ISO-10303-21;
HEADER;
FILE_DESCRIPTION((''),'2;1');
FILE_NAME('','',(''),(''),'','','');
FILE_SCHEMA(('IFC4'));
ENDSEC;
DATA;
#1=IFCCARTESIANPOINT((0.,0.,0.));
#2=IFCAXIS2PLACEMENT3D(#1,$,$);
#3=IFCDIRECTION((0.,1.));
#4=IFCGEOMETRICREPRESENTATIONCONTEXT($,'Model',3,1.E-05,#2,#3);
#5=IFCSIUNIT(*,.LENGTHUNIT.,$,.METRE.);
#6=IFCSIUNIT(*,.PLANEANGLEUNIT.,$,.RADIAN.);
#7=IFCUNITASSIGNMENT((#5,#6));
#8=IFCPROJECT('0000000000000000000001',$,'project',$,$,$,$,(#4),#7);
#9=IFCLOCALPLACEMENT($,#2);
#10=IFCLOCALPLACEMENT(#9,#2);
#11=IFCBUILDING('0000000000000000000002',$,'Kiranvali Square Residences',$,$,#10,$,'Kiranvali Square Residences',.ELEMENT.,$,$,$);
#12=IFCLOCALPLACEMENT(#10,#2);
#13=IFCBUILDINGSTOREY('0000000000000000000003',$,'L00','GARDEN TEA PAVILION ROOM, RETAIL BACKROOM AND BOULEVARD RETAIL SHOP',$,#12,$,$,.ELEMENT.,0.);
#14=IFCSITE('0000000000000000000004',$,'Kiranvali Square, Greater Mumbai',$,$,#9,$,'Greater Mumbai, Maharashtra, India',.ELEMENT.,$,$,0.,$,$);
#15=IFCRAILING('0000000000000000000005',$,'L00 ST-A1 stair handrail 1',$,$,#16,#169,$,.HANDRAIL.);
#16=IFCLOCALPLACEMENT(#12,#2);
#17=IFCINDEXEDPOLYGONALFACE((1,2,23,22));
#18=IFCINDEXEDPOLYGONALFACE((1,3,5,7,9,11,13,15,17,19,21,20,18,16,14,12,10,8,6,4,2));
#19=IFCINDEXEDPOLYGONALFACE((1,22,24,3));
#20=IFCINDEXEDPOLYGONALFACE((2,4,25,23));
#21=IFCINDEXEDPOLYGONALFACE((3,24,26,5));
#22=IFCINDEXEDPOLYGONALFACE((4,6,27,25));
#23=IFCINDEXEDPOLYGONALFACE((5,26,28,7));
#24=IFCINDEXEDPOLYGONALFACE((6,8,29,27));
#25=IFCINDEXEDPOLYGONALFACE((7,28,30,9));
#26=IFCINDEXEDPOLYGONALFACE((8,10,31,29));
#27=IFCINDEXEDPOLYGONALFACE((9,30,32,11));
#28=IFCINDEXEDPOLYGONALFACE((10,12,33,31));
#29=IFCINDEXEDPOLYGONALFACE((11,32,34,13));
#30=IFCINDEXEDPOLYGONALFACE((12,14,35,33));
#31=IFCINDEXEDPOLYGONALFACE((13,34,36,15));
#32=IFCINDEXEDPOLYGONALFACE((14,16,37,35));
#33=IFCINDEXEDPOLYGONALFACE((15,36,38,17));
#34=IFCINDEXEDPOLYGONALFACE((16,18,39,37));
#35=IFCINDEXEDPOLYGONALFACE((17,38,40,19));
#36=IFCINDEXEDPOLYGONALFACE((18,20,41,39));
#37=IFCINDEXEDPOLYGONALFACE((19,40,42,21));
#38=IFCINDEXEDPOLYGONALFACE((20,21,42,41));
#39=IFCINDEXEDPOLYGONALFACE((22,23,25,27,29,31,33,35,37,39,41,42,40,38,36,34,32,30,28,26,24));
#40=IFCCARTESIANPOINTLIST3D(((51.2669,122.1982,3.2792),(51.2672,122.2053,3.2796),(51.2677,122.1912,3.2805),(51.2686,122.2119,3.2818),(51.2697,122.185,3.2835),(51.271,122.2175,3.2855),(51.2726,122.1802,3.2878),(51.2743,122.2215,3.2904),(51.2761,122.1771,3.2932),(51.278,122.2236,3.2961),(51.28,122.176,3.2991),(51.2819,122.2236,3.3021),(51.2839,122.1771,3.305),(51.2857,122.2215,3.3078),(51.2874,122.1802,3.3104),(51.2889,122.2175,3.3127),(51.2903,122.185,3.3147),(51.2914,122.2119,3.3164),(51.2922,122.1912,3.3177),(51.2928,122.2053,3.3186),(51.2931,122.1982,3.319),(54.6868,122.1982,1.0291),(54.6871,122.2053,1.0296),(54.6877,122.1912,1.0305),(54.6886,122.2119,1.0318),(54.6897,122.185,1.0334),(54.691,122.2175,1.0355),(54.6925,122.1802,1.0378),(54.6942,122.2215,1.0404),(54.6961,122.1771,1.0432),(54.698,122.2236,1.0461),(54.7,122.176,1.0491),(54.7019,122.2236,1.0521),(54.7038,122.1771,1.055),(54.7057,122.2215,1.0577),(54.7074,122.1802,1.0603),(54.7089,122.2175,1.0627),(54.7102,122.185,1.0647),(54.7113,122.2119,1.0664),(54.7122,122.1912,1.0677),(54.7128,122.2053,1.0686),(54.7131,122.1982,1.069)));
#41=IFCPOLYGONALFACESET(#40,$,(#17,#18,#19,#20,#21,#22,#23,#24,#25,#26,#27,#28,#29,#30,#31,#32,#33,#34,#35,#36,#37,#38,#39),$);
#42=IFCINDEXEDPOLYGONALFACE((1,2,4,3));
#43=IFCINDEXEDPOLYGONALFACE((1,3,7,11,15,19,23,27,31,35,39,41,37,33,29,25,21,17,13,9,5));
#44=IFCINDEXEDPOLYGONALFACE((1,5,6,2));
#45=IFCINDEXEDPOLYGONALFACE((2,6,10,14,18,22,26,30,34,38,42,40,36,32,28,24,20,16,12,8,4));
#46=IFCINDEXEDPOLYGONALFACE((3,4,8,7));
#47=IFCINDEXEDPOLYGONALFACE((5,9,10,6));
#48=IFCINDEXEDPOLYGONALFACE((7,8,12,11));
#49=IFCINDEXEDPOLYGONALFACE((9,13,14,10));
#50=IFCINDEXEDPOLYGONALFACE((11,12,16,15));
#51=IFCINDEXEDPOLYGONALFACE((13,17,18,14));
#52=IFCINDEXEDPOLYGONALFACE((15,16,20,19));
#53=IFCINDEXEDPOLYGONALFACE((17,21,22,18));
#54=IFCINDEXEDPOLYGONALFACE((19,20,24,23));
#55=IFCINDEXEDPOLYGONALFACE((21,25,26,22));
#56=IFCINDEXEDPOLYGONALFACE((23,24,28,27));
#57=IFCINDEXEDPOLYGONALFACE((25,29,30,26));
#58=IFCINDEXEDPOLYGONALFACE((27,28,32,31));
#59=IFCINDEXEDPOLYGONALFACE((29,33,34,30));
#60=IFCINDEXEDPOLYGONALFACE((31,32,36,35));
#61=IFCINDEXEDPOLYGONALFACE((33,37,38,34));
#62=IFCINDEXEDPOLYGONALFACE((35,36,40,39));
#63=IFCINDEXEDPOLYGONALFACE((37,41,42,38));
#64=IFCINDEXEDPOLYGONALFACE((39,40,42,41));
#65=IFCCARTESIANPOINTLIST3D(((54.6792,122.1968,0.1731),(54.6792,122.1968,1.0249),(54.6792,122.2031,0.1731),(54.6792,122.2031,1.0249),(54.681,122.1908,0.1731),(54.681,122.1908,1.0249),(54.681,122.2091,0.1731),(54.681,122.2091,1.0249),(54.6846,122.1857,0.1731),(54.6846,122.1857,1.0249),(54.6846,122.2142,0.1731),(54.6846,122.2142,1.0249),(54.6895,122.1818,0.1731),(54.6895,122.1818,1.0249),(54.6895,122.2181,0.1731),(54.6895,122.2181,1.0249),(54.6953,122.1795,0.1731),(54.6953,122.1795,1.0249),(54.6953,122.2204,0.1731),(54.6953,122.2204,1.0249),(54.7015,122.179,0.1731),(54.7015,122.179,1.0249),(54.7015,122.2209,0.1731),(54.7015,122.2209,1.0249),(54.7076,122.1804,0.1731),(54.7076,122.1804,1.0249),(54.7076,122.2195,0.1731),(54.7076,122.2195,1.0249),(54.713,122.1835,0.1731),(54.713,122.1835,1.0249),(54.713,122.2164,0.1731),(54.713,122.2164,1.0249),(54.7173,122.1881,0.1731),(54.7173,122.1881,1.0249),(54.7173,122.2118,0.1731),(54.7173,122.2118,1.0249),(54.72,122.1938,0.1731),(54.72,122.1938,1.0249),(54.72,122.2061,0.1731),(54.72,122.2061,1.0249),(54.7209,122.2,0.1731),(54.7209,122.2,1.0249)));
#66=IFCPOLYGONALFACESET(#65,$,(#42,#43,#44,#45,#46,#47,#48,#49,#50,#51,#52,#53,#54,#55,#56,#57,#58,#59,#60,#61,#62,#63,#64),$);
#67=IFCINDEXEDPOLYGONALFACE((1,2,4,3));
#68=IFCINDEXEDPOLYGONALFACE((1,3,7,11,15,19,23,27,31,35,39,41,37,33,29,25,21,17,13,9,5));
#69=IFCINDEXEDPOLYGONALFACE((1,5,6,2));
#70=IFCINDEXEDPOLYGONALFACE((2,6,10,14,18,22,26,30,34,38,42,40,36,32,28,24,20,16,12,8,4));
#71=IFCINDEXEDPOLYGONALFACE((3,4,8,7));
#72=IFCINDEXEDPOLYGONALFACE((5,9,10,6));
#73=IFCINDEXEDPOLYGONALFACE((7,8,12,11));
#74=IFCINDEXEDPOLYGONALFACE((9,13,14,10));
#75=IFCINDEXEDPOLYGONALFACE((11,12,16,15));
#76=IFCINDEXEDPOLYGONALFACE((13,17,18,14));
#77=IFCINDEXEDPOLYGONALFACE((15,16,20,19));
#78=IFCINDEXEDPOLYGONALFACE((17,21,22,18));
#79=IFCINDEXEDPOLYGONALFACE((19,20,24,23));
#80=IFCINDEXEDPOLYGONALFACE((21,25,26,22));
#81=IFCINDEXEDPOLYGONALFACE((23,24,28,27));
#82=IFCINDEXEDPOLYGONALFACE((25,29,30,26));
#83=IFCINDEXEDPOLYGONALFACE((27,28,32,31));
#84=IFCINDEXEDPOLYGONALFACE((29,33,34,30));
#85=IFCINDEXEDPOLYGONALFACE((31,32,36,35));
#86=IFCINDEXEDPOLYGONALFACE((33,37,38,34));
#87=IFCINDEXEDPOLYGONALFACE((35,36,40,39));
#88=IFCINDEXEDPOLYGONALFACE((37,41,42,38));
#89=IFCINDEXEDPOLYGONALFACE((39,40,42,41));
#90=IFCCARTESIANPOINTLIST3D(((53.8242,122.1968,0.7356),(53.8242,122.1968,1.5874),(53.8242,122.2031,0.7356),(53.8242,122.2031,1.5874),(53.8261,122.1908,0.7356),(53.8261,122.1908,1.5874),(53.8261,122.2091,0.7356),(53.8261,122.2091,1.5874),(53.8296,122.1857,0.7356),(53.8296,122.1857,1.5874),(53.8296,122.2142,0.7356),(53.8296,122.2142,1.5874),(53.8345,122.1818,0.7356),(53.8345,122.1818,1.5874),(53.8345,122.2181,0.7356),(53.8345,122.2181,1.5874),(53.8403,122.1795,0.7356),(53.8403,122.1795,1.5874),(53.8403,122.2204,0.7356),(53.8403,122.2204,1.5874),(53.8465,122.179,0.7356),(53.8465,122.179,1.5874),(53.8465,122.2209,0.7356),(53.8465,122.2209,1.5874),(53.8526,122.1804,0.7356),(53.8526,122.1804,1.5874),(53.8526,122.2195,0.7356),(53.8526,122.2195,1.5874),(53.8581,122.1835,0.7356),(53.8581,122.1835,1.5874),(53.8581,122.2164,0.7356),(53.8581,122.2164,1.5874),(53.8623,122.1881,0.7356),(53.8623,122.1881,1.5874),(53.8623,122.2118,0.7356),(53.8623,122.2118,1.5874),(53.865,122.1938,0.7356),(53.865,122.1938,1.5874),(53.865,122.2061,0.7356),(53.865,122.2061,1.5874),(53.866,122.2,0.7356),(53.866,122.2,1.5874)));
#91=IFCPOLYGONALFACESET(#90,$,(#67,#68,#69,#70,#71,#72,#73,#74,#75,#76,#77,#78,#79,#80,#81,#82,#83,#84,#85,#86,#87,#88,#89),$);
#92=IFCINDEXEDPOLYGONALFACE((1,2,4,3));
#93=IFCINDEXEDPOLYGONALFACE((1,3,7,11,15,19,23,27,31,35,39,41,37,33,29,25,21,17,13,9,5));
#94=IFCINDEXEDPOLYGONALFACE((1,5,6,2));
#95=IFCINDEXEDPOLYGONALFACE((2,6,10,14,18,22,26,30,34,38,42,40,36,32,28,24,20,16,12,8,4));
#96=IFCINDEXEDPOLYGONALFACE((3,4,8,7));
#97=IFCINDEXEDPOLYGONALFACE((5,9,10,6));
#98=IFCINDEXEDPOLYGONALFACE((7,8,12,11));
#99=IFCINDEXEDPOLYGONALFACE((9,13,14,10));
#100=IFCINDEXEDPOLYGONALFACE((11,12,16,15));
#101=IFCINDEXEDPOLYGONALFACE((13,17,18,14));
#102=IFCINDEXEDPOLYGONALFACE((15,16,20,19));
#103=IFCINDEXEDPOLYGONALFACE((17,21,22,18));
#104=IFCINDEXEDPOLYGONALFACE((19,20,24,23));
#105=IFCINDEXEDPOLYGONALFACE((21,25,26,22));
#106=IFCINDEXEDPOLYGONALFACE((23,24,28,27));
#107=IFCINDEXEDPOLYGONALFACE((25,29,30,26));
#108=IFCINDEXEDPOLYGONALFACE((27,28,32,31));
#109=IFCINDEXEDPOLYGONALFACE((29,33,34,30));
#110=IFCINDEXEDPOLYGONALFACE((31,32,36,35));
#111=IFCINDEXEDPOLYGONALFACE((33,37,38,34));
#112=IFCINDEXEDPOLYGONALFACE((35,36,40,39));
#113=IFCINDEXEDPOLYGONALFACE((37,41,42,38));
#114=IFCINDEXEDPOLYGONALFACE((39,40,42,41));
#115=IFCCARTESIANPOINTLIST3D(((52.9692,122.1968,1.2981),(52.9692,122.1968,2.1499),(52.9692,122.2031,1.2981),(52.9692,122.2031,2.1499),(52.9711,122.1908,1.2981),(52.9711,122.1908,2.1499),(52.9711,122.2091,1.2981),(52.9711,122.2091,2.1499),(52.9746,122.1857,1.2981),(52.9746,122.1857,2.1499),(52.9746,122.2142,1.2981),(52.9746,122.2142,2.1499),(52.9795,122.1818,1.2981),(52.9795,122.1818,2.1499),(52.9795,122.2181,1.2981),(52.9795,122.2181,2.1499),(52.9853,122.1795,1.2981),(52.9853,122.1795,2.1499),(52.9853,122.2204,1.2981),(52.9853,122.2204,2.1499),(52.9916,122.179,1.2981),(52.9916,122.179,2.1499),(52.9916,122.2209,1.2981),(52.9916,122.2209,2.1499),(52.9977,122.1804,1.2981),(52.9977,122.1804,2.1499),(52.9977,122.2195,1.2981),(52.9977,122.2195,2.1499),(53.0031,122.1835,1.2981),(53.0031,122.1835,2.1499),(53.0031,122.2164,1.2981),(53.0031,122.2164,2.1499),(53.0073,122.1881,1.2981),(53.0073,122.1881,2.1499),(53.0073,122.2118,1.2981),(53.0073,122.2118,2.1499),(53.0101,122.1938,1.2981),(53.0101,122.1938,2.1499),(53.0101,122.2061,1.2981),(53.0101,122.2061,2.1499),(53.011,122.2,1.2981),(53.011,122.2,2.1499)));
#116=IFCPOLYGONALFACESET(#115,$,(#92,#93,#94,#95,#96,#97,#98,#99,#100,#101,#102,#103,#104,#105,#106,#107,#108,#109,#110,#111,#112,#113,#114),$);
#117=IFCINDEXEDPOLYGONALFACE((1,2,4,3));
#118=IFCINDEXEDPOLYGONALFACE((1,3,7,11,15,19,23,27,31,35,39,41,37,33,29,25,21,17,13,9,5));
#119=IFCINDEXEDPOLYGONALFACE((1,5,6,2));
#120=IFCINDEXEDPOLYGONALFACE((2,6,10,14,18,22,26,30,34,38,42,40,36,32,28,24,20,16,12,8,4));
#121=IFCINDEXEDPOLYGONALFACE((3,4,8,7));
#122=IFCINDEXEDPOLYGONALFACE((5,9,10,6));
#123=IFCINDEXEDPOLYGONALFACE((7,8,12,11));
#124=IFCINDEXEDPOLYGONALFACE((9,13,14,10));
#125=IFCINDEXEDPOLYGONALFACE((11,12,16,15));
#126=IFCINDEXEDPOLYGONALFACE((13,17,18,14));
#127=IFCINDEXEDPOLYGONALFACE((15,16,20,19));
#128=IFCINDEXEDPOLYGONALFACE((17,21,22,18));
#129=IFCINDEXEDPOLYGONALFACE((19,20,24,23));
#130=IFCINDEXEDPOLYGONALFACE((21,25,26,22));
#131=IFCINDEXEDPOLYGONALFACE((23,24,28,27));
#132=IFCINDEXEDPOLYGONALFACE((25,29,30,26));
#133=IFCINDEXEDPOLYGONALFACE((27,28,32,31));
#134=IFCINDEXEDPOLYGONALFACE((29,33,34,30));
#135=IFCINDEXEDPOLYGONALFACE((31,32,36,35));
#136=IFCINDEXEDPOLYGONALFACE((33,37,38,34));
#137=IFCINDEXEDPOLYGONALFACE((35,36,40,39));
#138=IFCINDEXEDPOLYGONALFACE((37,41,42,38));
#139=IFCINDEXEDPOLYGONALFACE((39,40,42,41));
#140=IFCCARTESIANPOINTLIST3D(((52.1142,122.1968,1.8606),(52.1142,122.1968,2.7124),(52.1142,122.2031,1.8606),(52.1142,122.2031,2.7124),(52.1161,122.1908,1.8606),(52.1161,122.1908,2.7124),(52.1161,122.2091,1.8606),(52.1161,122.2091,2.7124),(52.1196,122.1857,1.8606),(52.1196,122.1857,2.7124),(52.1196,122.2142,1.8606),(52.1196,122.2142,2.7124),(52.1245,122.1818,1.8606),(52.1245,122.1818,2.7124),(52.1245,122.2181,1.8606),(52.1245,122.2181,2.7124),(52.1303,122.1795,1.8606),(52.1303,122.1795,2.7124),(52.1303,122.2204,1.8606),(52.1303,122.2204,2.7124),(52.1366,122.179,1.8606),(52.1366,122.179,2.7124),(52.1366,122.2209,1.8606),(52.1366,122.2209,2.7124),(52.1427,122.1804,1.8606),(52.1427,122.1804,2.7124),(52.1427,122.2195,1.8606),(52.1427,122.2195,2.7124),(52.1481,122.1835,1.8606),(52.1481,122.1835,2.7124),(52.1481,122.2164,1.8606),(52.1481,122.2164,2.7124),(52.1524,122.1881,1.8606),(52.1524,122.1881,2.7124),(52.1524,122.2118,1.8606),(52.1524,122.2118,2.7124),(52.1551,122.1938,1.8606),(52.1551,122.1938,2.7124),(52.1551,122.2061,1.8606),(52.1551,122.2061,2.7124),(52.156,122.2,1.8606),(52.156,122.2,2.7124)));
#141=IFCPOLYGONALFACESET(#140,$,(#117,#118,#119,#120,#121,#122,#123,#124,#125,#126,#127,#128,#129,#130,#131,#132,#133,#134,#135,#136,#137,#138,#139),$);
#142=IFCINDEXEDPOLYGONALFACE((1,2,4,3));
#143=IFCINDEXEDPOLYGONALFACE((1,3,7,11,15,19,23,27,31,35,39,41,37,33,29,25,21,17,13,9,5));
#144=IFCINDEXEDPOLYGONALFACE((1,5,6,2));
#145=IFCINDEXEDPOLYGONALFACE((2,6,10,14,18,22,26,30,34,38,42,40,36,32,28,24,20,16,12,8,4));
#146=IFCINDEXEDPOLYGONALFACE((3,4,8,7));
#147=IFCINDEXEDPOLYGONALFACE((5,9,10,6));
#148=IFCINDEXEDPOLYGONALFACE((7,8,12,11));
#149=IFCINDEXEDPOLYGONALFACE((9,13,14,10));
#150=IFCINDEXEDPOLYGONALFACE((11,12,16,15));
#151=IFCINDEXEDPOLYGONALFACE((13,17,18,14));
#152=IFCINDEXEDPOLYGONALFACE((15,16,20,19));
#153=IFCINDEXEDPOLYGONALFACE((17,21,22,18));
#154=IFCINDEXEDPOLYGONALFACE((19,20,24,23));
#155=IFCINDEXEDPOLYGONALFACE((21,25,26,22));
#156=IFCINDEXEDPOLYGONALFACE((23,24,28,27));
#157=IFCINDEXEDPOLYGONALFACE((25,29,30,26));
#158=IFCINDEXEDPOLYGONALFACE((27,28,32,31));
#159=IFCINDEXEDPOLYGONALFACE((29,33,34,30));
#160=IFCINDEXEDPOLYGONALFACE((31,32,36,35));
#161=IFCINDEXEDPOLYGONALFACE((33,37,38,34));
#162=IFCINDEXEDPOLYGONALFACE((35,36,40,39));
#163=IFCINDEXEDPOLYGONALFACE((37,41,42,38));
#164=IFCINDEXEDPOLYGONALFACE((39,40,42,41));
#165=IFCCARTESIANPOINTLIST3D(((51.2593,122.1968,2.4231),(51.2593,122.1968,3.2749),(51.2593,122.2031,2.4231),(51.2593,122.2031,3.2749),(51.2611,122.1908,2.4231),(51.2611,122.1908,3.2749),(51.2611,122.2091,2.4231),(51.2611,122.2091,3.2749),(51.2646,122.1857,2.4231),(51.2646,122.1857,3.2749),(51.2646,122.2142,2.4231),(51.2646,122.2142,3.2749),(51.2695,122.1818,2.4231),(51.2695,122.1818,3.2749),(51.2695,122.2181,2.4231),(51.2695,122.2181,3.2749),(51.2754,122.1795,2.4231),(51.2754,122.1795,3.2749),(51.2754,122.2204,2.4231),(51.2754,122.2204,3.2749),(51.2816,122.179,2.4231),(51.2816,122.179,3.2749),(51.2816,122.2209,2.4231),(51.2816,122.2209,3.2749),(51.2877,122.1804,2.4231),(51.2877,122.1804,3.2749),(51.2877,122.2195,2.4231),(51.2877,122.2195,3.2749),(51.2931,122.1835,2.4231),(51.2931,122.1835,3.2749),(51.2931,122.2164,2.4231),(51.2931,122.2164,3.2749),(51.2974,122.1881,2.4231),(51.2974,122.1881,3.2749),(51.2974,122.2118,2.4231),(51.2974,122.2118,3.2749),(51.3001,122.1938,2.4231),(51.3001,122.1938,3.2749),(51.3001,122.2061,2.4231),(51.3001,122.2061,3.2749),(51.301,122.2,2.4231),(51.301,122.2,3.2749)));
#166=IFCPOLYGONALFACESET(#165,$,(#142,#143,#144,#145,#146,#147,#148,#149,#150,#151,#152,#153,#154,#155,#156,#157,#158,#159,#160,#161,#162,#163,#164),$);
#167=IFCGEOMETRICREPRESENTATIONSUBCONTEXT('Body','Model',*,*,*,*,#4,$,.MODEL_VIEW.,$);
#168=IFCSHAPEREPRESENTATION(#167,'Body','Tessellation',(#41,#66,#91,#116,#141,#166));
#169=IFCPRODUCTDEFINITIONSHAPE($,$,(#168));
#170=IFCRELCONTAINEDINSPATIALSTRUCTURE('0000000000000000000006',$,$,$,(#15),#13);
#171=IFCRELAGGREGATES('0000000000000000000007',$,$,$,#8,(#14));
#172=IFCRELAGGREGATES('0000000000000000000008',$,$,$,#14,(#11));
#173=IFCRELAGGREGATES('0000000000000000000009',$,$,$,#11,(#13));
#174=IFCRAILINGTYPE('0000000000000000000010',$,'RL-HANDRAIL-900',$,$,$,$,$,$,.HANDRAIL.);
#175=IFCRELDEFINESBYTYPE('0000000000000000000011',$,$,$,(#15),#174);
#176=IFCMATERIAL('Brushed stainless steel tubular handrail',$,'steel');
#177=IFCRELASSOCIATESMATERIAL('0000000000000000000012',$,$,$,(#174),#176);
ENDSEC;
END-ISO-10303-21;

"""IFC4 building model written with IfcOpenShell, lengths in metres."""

from ifc_helpers import new_model, si_unit, direction, frame, origin, origin_2d, place, context, subcontext, project, spatial, circle, extrude, material, type_object, element, save


model = new_model("IFC4")

# Units and contexts
model_context = context("Model", 3, precision=1e-05, world=origin(), true_north=direction((0.0, 1.0)))
body_context = subcontext(model_context, "Body", "Model", "MODEL_VIEW")
ifc_project = project(units=[si_unit("LENGTHUNIT", "METRE"), si_unit("PLANEANGLEUNIT", "RADIAN")], contexts=[model_context])

# Site, building, storey
site_placement = place(None, origin())
site = spatial("IfcSite", under=ifc_project, at=site_placement, Name="Kiranvali Square, Greater Mumbai", LongName="Greater Mumbai, Maharashtra, India", CompositionType="ELEMENT", RefElevation=0.0)
building_placement = place(site_placement, origin())
building = spatial("IfcBuilding", under=site, at=building_placement, Name="Kiranvali Square Residences", LongName="Kiranvali Square Residences", CompositionType="ELEMENT")
storey_placement = place(building_placement, origin())
storey = spatial("IfcBuildingStorey", under=building, at=storey_placement, Name="L00", Description="GARDEN TEA PAVILION ROOM, RETAIL BACKROOM AND BOULEVARD RETAIL SHOP", CompositionType="ELEMENT", Elevation=0.0)

# Railing
ifc_material_1 = material(Name="Brushed stainless steel tubular handrail", Category="steel")
railing_type_1 = type_object("IfcRailingType", Name="RL-HANDRAIL-900", PredefinedType="HANDRAIL", material=ifc_material_1)
railing_1_placement = place(storey_placement, frame((54.7, 122.2, 0.1731)))
element("IfcRailing", 1, at=railing_1_placement, inside=storey, type_object=railing_type_1, Name="L00 ST-A1 stair handrail 1", PredefinedType="HANDRAIL", context=body_context, shape_type="SweptSolid", body=[
    extrude(circle(Radius=0.0239, at=origin_2d()), frame((0.0, 0.0, 0.876), z_axis=(-0.835411, 0.0, 0.549625), x_axis=(0.0, -1.0, 0.0)), (0.0, 0.0, 1.0), 4.0938),
    extrude(circle(Radius=0.021, at=origin_2d()), origin(), (0.0, 0.0, 1.0), 0.8518),
    extrude(circle(Radius=0.021, at=origin_2d()), frame((-0.855, 0.0, 0.5625)), (0.0, 0.0, 1.0), 0.8518),
    extrude(circle(Radius=0.021, at=origin_2d()), frame((-1.71, 0.0, 1.125)), (0.0, 0.0, 1.0), 0.8518),
    extrude(circle(Radius=0.021, at=origin_2d()), frame((-2.5649, 0.0, 1.6875)), (0.0, 0.0, 1.0), 0.8518),
    extrude(circle(Radius=0.021, at=origin_2d()), frame((-3.4199, 0.0, 2.25)), (0.0, 0.0, 1.0), 0.8518),
])

save(model, "model.ifc")
